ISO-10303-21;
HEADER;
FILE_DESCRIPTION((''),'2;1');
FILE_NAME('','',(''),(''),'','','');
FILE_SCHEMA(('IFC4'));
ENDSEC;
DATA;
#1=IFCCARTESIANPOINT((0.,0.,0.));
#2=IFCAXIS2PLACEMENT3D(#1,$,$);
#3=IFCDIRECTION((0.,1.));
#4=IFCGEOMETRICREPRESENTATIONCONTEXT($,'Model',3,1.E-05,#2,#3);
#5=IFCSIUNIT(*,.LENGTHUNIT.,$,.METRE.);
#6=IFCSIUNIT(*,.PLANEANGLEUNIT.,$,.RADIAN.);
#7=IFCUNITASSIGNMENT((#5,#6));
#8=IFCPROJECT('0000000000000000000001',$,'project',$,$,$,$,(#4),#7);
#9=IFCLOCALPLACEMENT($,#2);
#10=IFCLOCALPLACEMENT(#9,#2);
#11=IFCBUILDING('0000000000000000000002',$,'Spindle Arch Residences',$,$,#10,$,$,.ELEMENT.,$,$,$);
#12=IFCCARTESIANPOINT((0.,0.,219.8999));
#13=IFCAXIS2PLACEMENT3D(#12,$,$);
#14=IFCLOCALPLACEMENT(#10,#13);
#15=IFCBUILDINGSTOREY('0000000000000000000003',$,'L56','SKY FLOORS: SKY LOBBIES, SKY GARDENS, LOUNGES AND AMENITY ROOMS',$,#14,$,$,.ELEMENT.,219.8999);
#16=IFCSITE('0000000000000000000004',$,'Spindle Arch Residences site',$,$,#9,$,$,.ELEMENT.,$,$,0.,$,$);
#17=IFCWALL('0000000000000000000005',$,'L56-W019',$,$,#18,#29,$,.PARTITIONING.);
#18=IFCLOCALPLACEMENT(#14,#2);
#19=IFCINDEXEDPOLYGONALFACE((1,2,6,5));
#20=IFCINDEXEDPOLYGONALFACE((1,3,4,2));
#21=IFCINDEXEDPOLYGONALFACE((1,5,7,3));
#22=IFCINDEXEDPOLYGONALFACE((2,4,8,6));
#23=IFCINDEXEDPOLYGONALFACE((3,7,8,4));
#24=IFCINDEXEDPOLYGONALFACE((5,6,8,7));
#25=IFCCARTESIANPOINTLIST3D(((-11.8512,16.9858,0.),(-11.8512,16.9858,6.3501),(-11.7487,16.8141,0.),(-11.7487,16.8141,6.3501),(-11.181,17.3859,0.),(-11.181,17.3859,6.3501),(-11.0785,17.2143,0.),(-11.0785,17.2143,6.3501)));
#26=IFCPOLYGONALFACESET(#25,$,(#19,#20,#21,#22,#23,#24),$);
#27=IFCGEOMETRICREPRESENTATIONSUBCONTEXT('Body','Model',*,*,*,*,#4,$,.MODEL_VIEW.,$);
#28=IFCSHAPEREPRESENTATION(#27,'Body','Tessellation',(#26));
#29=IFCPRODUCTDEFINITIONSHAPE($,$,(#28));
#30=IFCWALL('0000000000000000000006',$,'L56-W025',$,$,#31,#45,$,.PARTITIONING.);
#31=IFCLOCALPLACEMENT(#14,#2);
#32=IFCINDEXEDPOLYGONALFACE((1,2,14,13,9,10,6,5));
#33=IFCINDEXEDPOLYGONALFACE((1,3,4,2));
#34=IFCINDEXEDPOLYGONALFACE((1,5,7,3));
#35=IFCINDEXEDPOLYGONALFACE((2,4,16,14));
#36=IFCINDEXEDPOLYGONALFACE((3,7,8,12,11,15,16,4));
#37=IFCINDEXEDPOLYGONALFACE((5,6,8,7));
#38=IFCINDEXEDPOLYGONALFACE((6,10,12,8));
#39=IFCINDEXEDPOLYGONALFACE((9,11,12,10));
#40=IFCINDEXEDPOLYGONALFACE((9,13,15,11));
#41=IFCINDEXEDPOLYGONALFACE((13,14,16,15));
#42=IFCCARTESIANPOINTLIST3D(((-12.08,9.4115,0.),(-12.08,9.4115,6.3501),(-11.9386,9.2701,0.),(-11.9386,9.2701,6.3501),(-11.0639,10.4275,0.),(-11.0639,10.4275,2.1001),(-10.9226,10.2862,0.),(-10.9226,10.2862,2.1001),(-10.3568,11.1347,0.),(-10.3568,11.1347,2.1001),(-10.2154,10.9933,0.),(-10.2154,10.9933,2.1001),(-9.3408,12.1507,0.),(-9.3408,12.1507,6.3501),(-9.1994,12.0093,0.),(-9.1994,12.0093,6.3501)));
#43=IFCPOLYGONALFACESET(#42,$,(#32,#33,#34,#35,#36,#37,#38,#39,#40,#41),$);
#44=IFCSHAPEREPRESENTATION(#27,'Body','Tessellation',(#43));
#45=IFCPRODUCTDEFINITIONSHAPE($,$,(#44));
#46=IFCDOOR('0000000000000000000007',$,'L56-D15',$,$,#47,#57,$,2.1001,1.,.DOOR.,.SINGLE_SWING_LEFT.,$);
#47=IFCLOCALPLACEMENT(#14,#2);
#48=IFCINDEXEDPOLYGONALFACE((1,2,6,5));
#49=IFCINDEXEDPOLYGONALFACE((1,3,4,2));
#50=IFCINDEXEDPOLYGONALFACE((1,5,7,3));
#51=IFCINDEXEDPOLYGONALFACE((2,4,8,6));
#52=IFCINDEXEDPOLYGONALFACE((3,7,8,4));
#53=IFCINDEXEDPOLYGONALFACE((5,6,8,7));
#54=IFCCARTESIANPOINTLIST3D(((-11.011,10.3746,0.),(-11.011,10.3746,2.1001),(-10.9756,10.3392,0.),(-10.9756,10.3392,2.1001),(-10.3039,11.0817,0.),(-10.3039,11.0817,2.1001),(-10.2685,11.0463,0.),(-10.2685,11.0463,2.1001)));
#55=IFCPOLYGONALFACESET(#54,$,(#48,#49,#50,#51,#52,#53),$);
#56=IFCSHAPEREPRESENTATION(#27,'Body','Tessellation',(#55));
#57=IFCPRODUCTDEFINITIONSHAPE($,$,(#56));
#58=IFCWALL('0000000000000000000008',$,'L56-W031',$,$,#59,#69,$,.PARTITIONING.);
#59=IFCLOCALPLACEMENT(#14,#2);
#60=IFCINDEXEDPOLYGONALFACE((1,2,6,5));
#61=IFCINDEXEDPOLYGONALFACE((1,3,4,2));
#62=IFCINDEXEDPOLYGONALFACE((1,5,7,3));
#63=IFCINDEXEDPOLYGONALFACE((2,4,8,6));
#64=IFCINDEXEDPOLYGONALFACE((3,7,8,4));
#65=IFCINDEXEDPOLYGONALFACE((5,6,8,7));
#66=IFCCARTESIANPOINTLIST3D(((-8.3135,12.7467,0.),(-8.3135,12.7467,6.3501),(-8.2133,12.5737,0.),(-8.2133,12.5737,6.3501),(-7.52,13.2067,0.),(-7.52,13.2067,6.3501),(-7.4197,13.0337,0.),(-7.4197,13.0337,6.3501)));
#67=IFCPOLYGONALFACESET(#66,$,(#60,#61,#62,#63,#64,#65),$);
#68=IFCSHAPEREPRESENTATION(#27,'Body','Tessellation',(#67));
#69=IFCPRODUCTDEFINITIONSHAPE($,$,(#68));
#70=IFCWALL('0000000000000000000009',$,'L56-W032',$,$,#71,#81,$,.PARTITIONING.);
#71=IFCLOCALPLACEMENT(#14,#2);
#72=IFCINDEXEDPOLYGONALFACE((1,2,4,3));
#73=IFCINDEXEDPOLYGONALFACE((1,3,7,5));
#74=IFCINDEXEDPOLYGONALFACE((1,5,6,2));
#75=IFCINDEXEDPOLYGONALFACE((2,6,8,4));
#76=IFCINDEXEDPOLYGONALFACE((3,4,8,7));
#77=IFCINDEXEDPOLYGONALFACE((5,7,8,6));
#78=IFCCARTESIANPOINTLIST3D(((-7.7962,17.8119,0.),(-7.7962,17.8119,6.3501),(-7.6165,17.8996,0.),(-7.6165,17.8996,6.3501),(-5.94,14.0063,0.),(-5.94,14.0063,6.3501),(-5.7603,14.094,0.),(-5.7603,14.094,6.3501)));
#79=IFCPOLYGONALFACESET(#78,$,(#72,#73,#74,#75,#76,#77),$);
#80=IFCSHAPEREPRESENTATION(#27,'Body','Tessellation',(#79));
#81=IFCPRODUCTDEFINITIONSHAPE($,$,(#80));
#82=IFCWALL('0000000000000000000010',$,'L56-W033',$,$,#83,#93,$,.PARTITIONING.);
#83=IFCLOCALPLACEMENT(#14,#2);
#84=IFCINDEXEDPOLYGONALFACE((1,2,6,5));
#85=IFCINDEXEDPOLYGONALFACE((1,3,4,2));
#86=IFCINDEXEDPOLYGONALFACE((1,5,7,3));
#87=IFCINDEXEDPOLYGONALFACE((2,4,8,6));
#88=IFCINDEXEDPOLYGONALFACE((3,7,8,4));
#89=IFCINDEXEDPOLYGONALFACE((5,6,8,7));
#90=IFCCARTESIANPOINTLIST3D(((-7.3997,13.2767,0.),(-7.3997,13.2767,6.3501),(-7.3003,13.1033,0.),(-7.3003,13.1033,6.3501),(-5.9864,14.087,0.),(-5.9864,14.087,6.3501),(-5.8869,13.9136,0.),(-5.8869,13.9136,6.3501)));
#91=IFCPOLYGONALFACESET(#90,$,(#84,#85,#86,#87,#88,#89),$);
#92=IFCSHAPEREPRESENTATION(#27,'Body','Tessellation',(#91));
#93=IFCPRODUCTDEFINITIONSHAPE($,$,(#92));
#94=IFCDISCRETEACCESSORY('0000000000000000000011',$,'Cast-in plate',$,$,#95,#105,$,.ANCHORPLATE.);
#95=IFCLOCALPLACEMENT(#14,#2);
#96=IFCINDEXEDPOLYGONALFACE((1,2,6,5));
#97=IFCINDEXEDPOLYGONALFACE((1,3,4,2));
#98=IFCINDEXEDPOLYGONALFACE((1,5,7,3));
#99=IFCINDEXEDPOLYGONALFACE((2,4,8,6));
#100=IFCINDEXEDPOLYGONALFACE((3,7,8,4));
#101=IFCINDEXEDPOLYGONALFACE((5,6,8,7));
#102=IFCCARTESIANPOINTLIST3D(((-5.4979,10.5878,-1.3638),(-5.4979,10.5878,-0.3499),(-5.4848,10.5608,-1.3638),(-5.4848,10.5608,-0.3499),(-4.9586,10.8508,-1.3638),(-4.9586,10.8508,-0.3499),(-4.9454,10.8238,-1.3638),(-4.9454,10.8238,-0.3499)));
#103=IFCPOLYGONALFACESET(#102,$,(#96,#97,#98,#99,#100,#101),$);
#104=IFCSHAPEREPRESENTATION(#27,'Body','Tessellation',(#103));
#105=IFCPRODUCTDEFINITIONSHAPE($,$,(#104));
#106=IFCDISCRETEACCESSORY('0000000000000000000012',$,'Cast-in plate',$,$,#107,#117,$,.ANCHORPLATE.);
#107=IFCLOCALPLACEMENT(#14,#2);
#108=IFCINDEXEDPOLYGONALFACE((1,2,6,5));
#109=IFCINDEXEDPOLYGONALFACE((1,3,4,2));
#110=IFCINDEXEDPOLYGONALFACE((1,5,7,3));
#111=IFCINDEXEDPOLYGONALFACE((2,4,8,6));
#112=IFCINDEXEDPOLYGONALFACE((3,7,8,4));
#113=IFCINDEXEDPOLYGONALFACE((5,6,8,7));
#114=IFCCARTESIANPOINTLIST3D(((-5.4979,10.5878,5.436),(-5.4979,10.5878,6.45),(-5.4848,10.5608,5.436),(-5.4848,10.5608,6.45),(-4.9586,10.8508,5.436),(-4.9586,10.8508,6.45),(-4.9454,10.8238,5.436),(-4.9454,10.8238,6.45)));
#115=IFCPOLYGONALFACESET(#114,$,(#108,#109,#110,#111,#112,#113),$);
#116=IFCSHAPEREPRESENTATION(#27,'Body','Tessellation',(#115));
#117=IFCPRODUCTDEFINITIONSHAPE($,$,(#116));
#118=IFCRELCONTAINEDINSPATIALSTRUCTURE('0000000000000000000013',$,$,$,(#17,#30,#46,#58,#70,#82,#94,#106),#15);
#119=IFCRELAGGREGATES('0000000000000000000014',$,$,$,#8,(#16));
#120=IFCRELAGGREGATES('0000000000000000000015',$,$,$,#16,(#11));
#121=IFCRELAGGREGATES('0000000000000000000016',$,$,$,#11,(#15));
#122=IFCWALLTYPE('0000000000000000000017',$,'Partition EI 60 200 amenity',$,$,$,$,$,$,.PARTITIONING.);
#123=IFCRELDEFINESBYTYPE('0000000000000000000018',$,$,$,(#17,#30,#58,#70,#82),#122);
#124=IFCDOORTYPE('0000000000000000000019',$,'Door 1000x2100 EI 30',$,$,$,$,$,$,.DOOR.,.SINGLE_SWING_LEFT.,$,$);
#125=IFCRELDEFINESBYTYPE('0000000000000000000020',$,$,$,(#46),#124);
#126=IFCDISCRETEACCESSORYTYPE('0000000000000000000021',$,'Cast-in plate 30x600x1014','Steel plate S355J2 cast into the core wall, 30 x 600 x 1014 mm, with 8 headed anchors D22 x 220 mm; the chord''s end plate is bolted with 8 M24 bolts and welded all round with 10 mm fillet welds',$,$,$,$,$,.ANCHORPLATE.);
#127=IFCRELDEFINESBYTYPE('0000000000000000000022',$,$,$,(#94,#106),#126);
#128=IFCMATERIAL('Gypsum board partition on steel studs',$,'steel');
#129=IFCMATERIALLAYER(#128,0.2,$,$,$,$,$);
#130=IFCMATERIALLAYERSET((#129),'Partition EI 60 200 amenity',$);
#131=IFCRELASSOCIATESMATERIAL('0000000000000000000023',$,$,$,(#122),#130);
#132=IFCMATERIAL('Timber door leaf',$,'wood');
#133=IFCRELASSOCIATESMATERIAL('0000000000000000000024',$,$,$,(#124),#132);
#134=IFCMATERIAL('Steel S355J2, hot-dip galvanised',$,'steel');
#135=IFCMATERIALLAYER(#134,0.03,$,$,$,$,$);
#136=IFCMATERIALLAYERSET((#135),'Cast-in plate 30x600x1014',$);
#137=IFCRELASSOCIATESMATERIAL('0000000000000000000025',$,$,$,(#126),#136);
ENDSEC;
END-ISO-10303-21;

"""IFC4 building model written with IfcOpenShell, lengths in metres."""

from ifc_helpers import new_model, si_unit, direction, frame, frame_2d, origin, origin_2d, place, context, subcontext, project, spatial, rectangle, extrude, material, layer, layer_set, type_object, element, fill, save


model = new_model("IFC4")

# Units and contexts
model_context = context("Model", 3, precision=1e-05, world=origin(), true_north=direction((0.0, 1.0)))
body_context = subcontext(model_context, "Body", "Model", "MODEL_VIEW")
ifc_project = project(units=[si_unit("LENGTHUNIT", "METRE"), si_unit("PLANEANGLEUNIT", "RADIAN")], contexts=[model_context])

# Site, building, storey
site_placement = place(None, origin())
site = spatial("IfcSite", under=ifc_project, at=site_placement, Name="Spindle Arch Residences site", CompositionType="ELEMENT", RefElevation=0.0)
building_placement = place(site_placement, origin())
building = spatial("IfcBuilding", under=site, at=building_placement, Name="Spindle Arch Residences", CompositionType="ELEMENT")
storey_placement = place(building_placement, frame((0.0, 0.0, 219.8999)))
storey = spatial("IfcBuildingStorey", under=building, at=storey_placement, Name="L56", Description="SKY FLOORS: SKY LOBBIES, SKY GARDENS, LOUNGES AND AMENITY ROOMS", CompositionType="ELEMENT", Elevation=219.8999)

# Wall
ifc_material_1 = material(Name="Gypsum board partition on steel studs", Category="steel")
ifc_layer_1 = layer(ifc_material_1, 0.2)
ifc_layer_set_1 = layer_set([ifc_layer_1], Name="Partition EI 60 200 amenity")
wall_type_1 = type_object("IfcWallType", Name="Partition EI 60 200 amenity", PredefinedType="PARTITIONING", material=ifc_layer_set_1)
wall_1_placement = place(storey_placement, frame((-11.1299, 17.3, 0.0), z_axis=(0.0, 0.0, 1.0), x_axis=(-0.858595, -0.512655, 0.0)))
element("IfcWall", 1, at=wall_1_placement, inside=storey, type_object=wall_type_1, Name="L56-W019", PredefinedType="PARTITIONING", context=body_context, shape_type="SweptSolid", body=[
    extrude(rectangle(XDim=0.7805, YDim=0.2, at=frame_2d((0.3901, 0.0))), origin(), (0.0, 0.0, 1.0), 6.3501),
])

# Wall, opening, door
wall_2_placement = place(storey_placement, frame((-9.27, 12.0801, 0.0), z_axis=(0.0, 0.0, 1.0), x_axis=(-0.707107, -0.707107, 0.0)))
wall_2 = element("IfcWall", 2, at=wall_2_placement, inside=storey, type_object=wall_type_1, Name="L56-W025", PredefinedType="PARTITIONING", context=body_context, shape_type="SweptSolid", body=[
    extrude(rectangle(XDim=3.8738, YDim=0.2, at=frame_2d((1.937, 0.0))), origin(), (0.0, 0.0, 1.0), 6.3501),
])
opening_placement = place(wall_2_placement, frame((1.437, 0.0, 0.0)))
opening = element("IfcOpeningElement", 3, at=opening_placement, cuts=wall_2, PredefinedType="OPENING", context=body_context, shape_type="SweptSolid", body=[
    extrude(rectangle(XDim=1.0, YDim=2.1001, at=frame_2d((0.5, 1.05))), frame((0.0, 0.1099, 0.0), z_axis=(0.0, -1.0, 0.0), x_axis=(1.0, 0.0, 0.0)), (0.0, 0.0, 1.0), 0.22),
])
ifc_material_2 = material(Name="Timber door leaf", Category="wood")
door_type = type_object("IfcDoorType", Name="Door 1000x2100 EI 30", OperationType="SINGLE_SWING_LEFT", PredefinedType="DOOR", material=ifc_material_2)
door_placement = place(opening_placement, origin())
door = element("IfcDoor", 4, at=door_placement, inside=storey, type_object=door_type, Name="L56-D15", OperationType="SINGLE_SWING_LEFT", OverallHeight=2.1001, OverallWidth=1.0, PredefinedType="DOOR", context=body_context, shape_type="SweptSolid", body=[
    extrude(rectangle(XDim=1.0, YDim=2.1001, at=frame_2d((0.5, 1.05))), frame((0.0, 0.0249, 0.0), z_axis=(0.0, -1.0, 0.0), x_axis=(1.0, 0.0, 0.0)), (0.0, 0.0, 1.0), 0.05),
])
fill(opening, door)

# Walls
wall_3_placement = place(storey_placement, frame((-7.47, 13.1201, 0.0), z_axis=(0.0, 0.0, 1.0), x_axis=(-0.865147, -0.501519, 0.0)))
element("IfcWall", 5, at=wall_3_placement, inside=storey, type_object=wall_type_1, Name="L56-W031", PredefinedType="PARTITIONING", context=body_context, shape_type="SweptSolid", body=[
    extrude(rectangle(XDim=0.9172, YDim=0.2, at=frame_2d((0.4585, 0.0))), origin(), (0.0, 0.0, 1.0), 6.3501),
])
wall_4_placement = place(storey_placement, frame((-5.8501, 14.05, 0.0), z_axis=(0.0, 0.0, 1.0), x_axis=(-0.438382, 0.898789, 0.0)))
element("IfcWall", 6, at=wall_4_placement, inside=storey, type_object=wall_type_1, Name="L56-W032", PredefinedType="PARTITIONING", context=body_context, shape_type="SweptSolid", body=[
    extrude(rectangle(XDim=4.2341, YDim=0.2, at=frame_2d((2.1172, 0.0))), origin(), (0.0, 0.0, 1.0), 6.3501),
])
wall_5_placement = place(storey_placement, frame((-5.9368, 14.0002, 0.0), z_axis=(0.0, 0.0, 1.0), x_axis=(-0.867532, -0.497381, 0.0)))
element("IfcWall", 7, at=wall_5_placement, inside=storey, type_object=wall_type_1, Name="L56-W033", PredefinedType="PARTITIONING", context=body_context, shape_type="SweptSolid", body=[
    extrude(rectangle(XDim=1.6292, YDim=0.2, at=frame_2d((0.8145, 0.0))), origin(), (0.0, 0.0, 1.0), 6.3501),
])

# Discrete accessories
ifc_material_3 = material(Name="Steel S355J2, hot-dip galvanised", Category="steel")
ifc_layer_2 = layer(ifc_material_3, 0.03)
ifc_layer_set_2 = layer_set([ifc_layer_2], Name="Cast-in plate 30x600x1014")
discrete_accessory_type = type_object("IfcDiscreteAccessoryType", Name="Cast-in plate 30x600x1014", Description="Steel plate S355J2 cast into the core wall, 30 x 600 x 1014 mm, with 8 headed anchors D22 x 220 mm; the chord's end plate is bolted with 8 M24 bolts and welded all round with 10 mm fillet welds", PredefinedType="ANCHORPLATE", material=ifc_layer_set_2)
for number, where, z_axis, x_axis, name in (
    (8, (-5.2217, 10.7058, -1.3638), (0.0, 0.0, 1.0), (-0.438371, 0.898794, 0.0), "Cast-in plate"),
    (9, (-5.2217, 10.7058, 5.436), (0.0, 0.0, 1.0), (-0.438371, 0.898794, 0.0), "Cast-in plate"),
):
    element("IfcDiscreteAccessory", number, at=place(storey_placement, frame(where, z_axis=z_axis, x_axis=x_axis)), inside=storey, type_object=discrete_accessory_type, Name=name, PredefinedType="ANCHORPLATE", context=body_context, shape_type="SweptSolid", body=[
        extrude(rectangle(XDim=0.03, YDim=0.6001, at=origin_2d()), origin(), (0.0, 0.0, 1.0), 1.0139),
    ])

save(model, "model.ifc")
